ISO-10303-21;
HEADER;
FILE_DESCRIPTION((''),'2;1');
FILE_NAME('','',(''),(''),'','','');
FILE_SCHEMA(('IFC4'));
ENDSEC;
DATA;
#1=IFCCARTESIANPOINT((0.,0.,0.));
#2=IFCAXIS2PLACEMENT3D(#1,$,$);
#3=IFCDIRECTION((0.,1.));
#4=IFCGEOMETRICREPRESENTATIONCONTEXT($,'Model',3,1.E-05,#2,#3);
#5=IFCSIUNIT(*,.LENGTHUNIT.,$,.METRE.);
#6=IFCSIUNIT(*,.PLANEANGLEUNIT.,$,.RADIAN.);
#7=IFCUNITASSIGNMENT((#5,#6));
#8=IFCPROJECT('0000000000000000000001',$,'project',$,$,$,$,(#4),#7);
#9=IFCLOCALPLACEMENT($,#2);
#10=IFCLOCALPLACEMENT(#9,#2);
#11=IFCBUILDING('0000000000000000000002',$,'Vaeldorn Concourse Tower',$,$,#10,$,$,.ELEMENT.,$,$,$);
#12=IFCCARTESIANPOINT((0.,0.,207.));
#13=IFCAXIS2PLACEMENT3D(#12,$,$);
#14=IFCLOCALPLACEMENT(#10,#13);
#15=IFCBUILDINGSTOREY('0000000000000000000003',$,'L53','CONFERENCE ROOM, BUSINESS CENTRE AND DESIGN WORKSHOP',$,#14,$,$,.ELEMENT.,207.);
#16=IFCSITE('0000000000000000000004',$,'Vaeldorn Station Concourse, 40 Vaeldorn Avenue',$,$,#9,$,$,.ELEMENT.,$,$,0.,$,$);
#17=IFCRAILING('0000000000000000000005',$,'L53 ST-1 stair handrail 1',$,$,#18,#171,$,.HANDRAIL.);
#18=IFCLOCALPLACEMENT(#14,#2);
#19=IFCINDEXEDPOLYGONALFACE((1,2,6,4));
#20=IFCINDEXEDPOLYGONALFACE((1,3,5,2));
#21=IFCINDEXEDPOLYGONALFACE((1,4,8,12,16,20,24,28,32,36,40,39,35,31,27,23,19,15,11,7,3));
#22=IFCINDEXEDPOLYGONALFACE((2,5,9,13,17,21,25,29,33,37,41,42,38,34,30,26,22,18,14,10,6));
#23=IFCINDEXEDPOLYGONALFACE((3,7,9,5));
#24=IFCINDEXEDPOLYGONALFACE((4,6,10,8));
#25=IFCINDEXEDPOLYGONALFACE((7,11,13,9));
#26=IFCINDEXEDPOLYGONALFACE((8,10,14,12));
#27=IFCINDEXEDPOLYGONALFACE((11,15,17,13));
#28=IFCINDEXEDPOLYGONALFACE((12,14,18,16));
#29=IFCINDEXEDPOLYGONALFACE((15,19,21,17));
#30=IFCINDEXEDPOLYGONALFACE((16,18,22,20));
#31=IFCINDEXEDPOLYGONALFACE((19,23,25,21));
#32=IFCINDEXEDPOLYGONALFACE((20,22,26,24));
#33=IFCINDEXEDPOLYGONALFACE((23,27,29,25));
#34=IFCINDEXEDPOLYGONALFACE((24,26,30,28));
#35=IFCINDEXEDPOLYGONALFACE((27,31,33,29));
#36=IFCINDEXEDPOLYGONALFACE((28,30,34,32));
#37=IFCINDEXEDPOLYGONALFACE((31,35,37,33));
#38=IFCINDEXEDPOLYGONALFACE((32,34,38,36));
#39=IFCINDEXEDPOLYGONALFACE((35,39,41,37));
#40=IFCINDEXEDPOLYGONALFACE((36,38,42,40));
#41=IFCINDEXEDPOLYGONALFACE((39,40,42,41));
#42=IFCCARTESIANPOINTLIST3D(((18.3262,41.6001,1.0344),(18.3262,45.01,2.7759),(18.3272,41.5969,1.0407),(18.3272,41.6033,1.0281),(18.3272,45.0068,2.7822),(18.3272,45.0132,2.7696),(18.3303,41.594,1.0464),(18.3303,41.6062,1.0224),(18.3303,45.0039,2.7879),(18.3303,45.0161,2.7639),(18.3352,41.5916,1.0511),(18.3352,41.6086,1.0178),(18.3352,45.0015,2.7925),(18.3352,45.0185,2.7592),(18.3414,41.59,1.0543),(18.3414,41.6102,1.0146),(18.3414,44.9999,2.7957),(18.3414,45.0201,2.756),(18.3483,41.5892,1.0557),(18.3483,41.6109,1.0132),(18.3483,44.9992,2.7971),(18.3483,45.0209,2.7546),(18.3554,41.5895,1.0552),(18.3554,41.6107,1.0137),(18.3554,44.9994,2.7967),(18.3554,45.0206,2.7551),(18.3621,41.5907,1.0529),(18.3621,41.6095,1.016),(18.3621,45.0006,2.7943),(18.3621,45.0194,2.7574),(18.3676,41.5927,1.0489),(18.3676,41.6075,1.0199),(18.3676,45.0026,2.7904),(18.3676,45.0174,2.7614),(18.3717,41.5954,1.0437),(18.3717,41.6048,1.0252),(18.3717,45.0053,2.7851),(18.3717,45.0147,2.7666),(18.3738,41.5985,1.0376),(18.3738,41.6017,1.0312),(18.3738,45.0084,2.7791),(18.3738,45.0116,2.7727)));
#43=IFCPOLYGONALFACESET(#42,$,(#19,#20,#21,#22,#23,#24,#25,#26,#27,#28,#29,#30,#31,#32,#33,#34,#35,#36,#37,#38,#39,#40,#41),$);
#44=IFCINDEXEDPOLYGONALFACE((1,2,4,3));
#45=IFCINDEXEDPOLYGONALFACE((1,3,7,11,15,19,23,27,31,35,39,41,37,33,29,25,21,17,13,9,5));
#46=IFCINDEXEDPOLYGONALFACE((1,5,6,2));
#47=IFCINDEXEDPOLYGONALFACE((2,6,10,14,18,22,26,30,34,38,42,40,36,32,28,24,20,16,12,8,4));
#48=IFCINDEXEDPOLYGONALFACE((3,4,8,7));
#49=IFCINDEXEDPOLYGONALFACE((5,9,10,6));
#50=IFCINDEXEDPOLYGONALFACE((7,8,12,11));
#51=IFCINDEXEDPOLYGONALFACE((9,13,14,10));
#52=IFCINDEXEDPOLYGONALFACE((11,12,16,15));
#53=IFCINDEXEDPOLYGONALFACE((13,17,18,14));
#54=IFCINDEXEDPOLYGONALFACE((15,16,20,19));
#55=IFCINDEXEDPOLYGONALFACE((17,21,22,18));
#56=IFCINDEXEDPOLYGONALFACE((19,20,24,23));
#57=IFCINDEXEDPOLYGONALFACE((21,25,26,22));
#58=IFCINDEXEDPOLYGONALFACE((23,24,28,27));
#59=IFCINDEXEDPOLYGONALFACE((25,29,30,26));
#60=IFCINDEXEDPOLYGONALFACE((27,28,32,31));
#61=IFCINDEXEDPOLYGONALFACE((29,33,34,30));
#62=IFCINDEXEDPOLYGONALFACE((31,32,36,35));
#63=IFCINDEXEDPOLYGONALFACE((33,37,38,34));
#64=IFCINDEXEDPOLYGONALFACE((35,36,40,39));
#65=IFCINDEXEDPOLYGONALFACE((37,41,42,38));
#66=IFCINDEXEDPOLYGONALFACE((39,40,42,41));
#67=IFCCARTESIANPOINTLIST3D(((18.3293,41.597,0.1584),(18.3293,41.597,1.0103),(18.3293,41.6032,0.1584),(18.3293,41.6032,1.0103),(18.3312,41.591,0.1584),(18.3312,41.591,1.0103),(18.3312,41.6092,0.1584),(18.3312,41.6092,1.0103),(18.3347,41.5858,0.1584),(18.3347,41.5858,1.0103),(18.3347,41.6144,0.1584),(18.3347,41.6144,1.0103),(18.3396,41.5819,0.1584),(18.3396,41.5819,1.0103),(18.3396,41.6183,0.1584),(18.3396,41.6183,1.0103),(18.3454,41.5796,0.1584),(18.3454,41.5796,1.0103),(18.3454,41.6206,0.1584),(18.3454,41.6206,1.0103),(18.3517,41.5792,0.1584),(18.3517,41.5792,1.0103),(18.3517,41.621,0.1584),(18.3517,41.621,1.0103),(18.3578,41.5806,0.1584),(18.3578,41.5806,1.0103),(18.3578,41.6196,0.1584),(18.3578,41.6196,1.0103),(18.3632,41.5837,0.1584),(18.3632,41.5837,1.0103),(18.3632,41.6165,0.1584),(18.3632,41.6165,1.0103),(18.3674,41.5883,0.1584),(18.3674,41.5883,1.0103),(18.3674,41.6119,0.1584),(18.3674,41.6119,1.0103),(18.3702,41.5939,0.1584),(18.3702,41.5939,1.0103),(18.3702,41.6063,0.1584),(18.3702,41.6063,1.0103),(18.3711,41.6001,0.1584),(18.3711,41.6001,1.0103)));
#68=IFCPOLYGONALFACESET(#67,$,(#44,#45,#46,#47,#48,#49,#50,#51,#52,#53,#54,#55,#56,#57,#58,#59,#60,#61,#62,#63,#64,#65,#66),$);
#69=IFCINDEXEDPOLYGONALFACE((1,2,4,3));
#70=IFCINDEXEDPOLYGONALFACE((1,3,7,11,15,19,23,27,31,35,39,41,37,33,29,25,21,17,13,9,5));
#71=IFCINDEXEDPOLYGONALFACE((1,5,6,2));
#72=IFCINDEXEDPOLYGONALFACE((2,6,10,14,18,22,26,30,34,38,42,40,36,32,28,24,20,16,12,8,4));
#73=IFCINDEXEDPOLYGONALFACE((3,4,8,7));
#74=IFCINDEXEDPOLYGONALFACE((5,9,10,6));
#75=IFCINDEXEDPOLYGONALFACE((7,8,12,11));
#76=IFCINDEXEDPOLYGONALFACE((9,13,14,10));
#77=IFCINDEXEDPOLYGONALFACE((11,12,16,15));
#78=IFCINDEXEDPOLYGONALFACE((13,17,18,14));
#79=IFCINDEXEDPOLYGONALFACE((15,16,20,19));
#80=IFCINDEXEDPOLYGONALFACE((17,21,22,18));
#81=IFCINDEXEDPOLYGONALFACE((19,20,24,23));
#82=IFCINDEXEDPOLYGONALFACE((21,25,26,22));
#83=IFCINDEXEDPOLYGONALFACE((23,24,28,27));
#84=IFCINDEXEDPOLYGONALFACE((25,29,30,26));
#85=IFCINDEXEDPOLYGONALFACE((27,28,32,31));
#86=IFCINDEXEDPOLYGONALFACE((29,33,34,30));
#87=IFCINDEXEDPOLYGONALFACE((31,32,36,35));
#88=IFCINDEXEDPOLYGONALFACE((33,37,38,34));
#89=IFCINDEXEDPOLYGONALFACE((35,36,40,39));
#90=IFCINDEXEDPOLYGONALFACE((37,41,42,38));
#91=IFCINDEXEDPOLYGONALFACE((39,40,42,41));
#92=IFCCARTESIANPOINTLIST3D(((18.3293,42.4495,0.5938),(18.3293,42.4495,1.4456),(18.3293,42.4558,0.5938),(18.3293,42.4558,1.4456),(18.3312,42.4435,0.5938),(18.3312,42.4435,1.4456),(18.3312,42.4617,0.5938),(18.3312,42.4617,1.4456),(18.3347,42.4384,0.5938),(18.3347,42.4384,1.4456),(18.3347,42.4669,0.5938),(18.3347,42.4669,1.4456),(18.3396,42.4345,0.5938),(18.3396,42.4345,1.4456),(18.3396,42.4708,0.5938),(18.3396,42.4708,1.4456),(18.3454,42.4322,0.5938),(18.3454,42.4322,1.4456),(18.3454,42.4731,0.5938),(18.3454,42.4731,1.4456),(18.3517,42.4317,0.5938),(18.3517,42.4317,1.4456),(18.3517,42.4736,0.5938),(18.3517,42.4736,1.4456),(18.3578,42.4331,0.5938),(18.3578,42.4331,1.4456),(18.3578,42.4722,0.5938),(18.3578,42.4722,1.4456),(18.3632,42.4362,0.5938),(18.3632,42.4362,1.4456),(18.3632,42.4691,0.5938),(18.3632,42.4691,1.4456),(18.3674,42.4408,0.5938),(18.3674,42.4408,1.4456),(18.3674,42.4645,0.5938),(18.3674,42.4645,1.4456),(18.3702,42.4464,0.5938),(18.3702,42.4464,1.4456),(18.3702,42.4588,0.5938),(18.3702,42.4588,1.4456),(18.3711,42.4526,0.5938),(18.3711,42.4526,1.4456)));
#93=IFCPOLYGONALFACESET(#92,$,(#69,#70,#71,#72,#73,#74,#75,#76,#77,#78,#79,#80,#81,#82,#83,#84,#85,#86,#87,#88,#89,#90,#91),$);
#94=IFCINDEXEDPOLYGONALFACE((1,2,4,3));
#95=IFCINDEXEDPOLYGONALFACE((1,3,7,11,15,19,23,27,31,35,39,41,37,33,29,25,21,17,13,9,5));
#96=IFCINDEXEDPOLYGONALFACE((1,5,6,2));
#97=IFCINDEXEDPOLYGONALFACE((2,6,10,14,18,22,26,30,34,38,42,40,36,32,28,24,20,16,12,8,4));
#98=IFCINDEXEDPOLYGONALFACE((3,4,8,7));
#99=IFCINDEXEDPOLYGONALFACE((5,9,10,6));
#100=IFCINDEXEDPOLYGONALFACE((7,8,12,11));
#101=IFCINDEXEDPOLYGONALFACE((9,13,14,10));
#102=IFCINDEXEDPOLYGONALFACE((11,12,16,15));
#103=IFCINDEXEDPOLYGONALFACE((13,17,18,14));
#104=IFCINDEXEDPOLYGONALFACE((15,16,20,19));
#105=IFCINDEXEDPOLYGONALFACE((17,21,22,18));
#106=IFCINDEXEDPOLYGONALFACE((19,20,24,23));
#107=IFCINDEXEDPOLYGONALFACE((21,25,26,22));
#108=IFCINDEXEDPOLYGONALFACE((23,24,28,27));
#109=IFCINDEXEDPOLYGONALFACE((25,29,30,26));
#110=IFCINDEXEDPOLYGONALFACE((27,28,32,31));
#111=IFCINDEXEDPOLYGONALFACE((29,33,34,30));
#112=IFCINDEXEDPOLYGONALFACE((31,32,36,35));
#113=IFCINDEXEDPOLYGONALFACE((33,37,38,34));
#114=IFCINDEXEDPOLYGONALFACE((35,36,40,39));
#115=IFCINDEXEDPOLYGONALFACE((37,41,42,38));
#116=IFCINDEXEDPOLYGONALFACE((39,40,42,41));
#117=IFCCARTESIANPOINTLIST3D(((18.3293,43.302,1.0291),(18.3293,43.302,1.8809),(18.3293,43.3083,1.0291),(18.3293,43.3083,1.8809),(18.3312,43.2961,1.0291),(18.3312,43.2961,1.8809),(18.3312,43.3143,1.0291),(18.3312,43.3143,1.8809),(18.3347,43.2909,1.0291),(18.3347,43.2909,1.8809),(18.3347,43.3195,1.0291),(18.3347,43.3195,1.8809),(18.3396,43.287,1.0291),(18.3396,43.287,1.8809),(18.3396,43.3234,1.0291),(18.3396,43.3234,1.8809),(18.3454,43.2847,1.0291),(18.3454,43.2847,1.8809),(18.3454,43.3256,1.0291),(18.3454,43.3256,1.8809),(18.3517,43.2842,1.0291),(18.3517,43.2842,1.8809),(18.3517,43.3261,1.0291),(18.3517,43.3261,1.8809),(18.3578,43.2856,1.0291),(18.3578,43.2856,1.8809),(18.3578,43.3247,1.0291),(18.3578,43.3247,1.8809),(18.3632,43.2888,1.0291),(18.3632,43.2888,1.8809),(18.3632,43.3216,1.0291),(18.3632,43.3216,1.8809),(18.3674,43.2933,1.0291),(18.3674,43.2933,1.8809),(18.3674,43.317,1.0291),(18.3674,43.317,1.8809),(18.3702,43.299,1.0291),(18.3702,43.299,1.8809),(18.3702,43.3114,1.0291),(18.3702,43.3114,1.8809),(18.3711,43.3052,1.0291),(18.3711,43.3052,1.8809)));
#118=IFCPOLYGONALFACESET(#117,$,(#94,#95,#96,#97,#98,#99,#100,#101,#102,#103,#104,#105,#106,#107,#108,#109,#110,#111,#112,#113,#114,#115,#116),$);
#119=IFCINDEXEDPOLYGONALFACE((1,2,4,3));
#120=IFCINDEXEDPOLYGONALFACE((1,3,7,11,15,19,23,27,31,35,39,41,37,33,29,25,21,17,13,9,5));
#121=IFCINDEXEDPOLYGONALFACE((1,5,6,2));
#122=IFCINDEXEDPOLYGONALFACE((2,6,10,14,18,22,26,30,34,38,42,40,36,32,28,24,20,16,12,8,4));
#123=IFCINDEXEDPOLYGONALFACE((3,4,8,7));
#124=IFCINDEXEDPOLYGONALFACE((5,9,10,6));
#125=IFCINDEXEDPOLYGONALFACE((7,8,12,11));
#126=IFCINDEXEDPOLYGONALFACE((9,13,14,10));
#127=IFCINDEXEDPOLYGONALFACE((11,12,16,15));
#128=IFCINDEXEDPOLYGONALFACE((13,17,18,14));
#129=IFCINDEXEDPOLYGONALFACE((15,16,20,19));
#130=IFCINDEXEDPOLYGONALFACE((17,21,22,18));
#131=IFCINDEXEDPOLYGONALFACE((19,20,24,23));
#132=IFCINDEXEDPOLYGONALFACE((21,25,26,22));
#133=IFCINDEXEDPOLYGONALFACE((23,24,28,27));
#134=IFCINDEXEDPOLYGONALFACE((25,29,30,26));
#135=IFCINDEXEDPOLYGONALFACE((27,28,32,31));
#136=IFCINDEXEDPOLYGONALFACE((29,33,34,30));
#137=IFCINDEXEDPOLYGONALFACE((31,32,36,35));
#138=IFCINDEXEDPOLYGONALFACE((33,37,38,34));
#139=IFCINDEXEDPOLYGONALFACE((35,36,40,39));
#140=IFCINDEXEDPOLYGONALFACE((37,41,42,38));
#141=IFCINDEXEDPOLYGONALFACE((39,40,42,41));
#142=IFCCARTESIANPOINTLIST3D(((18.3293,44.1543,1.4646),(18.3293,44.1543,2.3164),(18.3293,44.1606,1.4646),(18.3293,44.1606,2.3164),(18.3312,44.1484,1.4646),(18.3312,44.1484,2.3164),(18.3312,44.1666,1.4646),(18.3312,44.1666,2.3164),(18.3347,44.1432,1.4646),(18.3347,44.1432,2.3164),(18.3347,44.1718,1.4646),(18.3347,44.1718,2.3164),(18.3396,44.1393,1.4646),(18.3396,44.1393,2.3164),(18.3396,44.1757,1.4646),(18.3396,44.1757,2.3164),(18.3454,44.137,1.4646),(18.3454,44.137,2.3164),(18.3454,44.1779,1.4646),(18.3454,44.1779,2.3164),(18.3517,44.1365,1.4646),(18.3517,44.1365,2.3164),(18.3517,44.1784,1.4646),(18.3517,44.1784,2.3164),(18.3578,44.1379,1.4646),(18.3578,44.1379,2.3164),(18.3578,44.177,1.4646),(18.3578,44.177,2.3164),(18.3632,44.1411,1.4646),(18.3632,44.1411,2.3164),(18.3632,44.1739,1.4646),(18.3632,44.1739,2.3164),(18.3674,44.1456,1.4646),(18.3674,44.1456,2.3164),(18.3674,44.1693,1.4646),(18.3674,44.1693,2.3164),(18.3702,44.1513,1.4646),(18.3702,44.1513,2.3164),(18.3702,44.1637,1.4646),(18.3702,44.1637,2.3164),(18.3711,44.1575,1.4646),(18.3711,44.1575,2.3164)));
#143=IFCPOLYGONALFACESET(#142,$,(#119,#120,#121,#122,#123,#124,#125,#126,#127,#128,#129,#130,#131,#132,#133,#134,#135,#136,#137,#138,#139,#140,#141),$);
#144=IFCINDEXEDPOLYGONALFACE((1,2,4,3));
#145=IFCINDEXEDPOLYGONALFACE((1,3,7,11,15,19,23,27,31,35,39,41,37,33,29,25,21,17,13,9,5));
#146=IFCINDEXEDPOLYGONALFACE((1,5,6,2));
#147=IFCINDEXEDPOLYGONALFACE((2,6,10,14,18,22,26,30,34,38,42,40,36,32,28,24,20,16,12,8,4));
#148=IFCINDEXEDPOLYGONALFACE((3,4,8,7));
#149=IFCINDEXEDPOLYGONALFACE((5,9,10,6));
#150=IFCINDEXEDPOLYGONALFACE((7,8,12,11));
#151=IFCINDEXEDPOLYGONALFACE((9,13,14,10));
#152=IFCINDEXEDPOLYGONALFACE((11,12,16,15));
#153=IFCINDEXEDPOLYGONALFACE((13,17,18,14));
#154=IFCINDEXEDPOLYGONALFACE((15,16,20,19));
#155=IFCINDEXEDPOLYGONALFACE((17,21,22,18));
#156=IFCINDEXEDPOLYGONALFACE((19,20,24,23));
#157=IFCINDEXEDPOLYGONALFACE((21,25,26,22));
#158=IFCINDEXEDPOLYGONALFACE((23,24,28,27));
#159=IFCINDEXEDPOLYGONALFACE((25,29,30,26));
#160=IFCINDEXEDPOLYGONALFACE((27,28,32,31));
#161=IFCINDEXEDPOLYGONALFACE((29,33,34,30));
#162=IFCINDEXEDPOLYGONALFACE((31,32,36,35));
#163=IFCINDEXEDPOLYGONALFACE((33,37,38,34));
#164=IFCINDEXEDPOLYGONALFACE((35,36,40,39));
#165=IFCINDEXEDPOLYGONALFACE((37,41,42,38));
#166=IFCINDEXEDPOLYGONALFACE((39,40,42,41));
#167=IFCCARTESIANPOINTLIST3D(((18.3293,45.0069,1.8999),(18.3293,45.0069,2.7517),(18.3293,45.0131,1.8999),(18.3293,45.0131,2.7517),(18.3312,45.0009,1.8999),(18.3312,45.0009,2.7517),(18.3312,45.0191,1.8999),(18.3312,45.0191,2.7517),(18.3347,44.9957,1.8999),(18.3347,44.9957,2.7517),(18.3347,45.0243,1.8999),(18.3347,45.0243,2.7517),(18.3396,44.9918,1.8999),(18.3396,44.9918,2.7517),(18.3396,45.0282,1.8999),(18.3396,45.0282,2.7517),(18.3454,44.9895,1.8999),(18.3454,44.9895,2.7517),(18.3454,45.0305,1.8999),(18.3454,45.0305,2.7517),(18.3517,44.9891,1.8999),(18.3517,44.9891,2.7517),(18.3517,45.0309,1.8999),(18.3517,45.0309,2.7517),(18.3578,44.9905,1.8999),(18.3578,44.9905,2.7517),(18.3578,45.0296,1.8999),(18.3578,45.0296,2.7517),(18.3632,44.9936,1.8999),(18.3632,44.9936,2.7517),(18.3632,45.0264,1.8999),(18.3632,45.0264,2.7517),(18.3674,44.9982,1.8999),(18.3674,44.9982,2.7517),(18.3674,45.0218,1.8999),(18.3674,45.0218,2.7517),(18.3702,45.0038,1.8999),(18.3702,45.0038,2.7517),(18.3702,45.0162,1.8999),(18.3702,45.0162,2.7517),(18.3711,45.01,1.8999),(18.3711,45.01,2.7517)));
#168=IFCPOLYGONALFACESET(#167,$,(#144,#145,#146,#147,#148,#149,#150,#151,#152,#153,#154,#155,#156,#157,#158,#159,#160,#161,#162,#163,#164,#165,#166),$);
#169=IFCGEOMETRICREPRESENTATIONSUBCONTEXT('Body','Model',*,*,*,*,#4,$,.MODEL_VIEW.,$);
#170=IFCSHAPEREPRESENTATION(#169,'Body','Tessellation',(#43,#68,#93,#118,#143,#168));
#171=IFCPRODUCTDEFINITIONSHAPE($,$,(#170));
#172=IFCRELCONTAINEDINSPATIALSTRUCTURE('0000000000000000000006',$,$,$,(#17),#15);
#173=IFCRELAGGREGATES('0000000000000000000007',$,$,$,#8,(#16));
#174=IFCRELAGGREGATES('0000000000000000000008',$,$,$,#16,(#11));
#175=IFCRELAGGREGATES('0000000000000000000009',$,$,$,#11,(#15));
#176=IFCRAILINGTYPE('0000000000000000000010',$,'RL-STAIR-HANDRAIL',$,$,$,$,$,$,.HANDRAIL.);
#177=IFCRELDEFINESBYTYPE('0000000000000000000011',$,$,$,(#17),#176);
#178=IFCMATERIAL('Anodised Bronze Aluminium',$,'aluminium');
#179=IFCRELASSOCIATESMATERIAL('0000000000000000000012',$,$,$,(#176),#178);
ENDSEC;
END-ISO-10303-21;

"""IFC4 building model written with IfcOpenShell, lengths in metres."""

from ifc_helpers import new_model, si_unit, direction, frame, origin, origin_2d, place, context, subcontext, project, spatial, circle, extrude, material, type_object, element, save


model = new_model("IFC4")

# Units and contexts
model_context = context("Model", 3, precision=1e-05, world=origin(), true_north=direction((0.0, 1.0)))
body_context = subcontext(model_context, "Body", "Model", "MODEL_VIEW")
ifc_project = project(units=[si_unit("LENGTHUNIT", "METRE"), si_unit("PLANEANGLEUNIT", "RADIAN")], contexts=[model_context])

# Site, building, storey
site_placement = place(None, origin())
site = spatial("IfcSite", under=ifc_project, at=site_placement, Name="Vaeldorn Station Concourse, 40 Vaeldorn Avenue", CompositionType="ELEMENT", RefElevation=0.0)
building_placement = place(site_placement, origin())
building = spatial("IfcBuilding", under=site, at=building_placement, Name="Vaeldorn Concourse Tower", CompositionType="ELEMENT")
storey_placement = place(building_placement, frame((0.0, 0.0, 207.0)))
storey = spatial("IfcBuildingStorey", under=building, at=storey_placement, Name="L53", Description="CONFERENCE ROOM, BUSINESS CENTRE AND DESIGN WORKSHOP", CompositionType="ELEMENT", Elevation=207.0)

# Shared definitions
ifc_material_1 = material(Name="Anodised Bronze Aluminium", Category="aluminium")

# Railing
railing_type_1 = type_object("IfcRailingType", Name="RL-STAIR-HANDRAIL", PredefinedType="HANDRAIL", material=ifc_material_1)
railing_1_placement = place(storey_placement, frame((18.3501, 41.6001, 0.1584)))
element("IfcRailing", 1, at=railing_1_placement, inside=storey, type_object=railing_type_1, Name="L53 ST-1 stair handrail 1", PredefinedType="HANDRAIL", context=body_context, shape_type="SweptSolid", body=[
    extrude(circle(Radius=0.0239, at=origin_2d()), frame((0.0, 0.0, 0.876), z_axis=(0.0, 0.890582, 0.454823), x_axis=(-1.0, 0.0, 0.0)), (0.0, 0.0, 1.0), 3.8289),
    extrude(circle(Radius=0.021, at=origin_2d()), origin(), (0.0, 0.0, 1.0), 0.8518),
    extrude(circle(Radius=0.021, at=origin_2d()), frame((0.0, 0.8525, 0.4353)), (0.0, 0.0, 1.0), 0.8518),
    extrude(circle(Radius=0.021, at=origin_2d()), frame((0.0, 1.7051, 0.8706)), (0.0, 0.0, 1.0), 0.8518),
    extrude(circle(Radius=0.021, at=origin_2d()), frame((0.0, 2.5574, 1.3062)), (0.0, 0.0, 1.0), 0.8518),
    extrude(circle(Radius=0.021, at=origin_2d()), frame((0.0, 3.4099, 1.7415)), (0.0, 0.0, 1.0), 0.8518),
])

save(model, "model.ifc")
